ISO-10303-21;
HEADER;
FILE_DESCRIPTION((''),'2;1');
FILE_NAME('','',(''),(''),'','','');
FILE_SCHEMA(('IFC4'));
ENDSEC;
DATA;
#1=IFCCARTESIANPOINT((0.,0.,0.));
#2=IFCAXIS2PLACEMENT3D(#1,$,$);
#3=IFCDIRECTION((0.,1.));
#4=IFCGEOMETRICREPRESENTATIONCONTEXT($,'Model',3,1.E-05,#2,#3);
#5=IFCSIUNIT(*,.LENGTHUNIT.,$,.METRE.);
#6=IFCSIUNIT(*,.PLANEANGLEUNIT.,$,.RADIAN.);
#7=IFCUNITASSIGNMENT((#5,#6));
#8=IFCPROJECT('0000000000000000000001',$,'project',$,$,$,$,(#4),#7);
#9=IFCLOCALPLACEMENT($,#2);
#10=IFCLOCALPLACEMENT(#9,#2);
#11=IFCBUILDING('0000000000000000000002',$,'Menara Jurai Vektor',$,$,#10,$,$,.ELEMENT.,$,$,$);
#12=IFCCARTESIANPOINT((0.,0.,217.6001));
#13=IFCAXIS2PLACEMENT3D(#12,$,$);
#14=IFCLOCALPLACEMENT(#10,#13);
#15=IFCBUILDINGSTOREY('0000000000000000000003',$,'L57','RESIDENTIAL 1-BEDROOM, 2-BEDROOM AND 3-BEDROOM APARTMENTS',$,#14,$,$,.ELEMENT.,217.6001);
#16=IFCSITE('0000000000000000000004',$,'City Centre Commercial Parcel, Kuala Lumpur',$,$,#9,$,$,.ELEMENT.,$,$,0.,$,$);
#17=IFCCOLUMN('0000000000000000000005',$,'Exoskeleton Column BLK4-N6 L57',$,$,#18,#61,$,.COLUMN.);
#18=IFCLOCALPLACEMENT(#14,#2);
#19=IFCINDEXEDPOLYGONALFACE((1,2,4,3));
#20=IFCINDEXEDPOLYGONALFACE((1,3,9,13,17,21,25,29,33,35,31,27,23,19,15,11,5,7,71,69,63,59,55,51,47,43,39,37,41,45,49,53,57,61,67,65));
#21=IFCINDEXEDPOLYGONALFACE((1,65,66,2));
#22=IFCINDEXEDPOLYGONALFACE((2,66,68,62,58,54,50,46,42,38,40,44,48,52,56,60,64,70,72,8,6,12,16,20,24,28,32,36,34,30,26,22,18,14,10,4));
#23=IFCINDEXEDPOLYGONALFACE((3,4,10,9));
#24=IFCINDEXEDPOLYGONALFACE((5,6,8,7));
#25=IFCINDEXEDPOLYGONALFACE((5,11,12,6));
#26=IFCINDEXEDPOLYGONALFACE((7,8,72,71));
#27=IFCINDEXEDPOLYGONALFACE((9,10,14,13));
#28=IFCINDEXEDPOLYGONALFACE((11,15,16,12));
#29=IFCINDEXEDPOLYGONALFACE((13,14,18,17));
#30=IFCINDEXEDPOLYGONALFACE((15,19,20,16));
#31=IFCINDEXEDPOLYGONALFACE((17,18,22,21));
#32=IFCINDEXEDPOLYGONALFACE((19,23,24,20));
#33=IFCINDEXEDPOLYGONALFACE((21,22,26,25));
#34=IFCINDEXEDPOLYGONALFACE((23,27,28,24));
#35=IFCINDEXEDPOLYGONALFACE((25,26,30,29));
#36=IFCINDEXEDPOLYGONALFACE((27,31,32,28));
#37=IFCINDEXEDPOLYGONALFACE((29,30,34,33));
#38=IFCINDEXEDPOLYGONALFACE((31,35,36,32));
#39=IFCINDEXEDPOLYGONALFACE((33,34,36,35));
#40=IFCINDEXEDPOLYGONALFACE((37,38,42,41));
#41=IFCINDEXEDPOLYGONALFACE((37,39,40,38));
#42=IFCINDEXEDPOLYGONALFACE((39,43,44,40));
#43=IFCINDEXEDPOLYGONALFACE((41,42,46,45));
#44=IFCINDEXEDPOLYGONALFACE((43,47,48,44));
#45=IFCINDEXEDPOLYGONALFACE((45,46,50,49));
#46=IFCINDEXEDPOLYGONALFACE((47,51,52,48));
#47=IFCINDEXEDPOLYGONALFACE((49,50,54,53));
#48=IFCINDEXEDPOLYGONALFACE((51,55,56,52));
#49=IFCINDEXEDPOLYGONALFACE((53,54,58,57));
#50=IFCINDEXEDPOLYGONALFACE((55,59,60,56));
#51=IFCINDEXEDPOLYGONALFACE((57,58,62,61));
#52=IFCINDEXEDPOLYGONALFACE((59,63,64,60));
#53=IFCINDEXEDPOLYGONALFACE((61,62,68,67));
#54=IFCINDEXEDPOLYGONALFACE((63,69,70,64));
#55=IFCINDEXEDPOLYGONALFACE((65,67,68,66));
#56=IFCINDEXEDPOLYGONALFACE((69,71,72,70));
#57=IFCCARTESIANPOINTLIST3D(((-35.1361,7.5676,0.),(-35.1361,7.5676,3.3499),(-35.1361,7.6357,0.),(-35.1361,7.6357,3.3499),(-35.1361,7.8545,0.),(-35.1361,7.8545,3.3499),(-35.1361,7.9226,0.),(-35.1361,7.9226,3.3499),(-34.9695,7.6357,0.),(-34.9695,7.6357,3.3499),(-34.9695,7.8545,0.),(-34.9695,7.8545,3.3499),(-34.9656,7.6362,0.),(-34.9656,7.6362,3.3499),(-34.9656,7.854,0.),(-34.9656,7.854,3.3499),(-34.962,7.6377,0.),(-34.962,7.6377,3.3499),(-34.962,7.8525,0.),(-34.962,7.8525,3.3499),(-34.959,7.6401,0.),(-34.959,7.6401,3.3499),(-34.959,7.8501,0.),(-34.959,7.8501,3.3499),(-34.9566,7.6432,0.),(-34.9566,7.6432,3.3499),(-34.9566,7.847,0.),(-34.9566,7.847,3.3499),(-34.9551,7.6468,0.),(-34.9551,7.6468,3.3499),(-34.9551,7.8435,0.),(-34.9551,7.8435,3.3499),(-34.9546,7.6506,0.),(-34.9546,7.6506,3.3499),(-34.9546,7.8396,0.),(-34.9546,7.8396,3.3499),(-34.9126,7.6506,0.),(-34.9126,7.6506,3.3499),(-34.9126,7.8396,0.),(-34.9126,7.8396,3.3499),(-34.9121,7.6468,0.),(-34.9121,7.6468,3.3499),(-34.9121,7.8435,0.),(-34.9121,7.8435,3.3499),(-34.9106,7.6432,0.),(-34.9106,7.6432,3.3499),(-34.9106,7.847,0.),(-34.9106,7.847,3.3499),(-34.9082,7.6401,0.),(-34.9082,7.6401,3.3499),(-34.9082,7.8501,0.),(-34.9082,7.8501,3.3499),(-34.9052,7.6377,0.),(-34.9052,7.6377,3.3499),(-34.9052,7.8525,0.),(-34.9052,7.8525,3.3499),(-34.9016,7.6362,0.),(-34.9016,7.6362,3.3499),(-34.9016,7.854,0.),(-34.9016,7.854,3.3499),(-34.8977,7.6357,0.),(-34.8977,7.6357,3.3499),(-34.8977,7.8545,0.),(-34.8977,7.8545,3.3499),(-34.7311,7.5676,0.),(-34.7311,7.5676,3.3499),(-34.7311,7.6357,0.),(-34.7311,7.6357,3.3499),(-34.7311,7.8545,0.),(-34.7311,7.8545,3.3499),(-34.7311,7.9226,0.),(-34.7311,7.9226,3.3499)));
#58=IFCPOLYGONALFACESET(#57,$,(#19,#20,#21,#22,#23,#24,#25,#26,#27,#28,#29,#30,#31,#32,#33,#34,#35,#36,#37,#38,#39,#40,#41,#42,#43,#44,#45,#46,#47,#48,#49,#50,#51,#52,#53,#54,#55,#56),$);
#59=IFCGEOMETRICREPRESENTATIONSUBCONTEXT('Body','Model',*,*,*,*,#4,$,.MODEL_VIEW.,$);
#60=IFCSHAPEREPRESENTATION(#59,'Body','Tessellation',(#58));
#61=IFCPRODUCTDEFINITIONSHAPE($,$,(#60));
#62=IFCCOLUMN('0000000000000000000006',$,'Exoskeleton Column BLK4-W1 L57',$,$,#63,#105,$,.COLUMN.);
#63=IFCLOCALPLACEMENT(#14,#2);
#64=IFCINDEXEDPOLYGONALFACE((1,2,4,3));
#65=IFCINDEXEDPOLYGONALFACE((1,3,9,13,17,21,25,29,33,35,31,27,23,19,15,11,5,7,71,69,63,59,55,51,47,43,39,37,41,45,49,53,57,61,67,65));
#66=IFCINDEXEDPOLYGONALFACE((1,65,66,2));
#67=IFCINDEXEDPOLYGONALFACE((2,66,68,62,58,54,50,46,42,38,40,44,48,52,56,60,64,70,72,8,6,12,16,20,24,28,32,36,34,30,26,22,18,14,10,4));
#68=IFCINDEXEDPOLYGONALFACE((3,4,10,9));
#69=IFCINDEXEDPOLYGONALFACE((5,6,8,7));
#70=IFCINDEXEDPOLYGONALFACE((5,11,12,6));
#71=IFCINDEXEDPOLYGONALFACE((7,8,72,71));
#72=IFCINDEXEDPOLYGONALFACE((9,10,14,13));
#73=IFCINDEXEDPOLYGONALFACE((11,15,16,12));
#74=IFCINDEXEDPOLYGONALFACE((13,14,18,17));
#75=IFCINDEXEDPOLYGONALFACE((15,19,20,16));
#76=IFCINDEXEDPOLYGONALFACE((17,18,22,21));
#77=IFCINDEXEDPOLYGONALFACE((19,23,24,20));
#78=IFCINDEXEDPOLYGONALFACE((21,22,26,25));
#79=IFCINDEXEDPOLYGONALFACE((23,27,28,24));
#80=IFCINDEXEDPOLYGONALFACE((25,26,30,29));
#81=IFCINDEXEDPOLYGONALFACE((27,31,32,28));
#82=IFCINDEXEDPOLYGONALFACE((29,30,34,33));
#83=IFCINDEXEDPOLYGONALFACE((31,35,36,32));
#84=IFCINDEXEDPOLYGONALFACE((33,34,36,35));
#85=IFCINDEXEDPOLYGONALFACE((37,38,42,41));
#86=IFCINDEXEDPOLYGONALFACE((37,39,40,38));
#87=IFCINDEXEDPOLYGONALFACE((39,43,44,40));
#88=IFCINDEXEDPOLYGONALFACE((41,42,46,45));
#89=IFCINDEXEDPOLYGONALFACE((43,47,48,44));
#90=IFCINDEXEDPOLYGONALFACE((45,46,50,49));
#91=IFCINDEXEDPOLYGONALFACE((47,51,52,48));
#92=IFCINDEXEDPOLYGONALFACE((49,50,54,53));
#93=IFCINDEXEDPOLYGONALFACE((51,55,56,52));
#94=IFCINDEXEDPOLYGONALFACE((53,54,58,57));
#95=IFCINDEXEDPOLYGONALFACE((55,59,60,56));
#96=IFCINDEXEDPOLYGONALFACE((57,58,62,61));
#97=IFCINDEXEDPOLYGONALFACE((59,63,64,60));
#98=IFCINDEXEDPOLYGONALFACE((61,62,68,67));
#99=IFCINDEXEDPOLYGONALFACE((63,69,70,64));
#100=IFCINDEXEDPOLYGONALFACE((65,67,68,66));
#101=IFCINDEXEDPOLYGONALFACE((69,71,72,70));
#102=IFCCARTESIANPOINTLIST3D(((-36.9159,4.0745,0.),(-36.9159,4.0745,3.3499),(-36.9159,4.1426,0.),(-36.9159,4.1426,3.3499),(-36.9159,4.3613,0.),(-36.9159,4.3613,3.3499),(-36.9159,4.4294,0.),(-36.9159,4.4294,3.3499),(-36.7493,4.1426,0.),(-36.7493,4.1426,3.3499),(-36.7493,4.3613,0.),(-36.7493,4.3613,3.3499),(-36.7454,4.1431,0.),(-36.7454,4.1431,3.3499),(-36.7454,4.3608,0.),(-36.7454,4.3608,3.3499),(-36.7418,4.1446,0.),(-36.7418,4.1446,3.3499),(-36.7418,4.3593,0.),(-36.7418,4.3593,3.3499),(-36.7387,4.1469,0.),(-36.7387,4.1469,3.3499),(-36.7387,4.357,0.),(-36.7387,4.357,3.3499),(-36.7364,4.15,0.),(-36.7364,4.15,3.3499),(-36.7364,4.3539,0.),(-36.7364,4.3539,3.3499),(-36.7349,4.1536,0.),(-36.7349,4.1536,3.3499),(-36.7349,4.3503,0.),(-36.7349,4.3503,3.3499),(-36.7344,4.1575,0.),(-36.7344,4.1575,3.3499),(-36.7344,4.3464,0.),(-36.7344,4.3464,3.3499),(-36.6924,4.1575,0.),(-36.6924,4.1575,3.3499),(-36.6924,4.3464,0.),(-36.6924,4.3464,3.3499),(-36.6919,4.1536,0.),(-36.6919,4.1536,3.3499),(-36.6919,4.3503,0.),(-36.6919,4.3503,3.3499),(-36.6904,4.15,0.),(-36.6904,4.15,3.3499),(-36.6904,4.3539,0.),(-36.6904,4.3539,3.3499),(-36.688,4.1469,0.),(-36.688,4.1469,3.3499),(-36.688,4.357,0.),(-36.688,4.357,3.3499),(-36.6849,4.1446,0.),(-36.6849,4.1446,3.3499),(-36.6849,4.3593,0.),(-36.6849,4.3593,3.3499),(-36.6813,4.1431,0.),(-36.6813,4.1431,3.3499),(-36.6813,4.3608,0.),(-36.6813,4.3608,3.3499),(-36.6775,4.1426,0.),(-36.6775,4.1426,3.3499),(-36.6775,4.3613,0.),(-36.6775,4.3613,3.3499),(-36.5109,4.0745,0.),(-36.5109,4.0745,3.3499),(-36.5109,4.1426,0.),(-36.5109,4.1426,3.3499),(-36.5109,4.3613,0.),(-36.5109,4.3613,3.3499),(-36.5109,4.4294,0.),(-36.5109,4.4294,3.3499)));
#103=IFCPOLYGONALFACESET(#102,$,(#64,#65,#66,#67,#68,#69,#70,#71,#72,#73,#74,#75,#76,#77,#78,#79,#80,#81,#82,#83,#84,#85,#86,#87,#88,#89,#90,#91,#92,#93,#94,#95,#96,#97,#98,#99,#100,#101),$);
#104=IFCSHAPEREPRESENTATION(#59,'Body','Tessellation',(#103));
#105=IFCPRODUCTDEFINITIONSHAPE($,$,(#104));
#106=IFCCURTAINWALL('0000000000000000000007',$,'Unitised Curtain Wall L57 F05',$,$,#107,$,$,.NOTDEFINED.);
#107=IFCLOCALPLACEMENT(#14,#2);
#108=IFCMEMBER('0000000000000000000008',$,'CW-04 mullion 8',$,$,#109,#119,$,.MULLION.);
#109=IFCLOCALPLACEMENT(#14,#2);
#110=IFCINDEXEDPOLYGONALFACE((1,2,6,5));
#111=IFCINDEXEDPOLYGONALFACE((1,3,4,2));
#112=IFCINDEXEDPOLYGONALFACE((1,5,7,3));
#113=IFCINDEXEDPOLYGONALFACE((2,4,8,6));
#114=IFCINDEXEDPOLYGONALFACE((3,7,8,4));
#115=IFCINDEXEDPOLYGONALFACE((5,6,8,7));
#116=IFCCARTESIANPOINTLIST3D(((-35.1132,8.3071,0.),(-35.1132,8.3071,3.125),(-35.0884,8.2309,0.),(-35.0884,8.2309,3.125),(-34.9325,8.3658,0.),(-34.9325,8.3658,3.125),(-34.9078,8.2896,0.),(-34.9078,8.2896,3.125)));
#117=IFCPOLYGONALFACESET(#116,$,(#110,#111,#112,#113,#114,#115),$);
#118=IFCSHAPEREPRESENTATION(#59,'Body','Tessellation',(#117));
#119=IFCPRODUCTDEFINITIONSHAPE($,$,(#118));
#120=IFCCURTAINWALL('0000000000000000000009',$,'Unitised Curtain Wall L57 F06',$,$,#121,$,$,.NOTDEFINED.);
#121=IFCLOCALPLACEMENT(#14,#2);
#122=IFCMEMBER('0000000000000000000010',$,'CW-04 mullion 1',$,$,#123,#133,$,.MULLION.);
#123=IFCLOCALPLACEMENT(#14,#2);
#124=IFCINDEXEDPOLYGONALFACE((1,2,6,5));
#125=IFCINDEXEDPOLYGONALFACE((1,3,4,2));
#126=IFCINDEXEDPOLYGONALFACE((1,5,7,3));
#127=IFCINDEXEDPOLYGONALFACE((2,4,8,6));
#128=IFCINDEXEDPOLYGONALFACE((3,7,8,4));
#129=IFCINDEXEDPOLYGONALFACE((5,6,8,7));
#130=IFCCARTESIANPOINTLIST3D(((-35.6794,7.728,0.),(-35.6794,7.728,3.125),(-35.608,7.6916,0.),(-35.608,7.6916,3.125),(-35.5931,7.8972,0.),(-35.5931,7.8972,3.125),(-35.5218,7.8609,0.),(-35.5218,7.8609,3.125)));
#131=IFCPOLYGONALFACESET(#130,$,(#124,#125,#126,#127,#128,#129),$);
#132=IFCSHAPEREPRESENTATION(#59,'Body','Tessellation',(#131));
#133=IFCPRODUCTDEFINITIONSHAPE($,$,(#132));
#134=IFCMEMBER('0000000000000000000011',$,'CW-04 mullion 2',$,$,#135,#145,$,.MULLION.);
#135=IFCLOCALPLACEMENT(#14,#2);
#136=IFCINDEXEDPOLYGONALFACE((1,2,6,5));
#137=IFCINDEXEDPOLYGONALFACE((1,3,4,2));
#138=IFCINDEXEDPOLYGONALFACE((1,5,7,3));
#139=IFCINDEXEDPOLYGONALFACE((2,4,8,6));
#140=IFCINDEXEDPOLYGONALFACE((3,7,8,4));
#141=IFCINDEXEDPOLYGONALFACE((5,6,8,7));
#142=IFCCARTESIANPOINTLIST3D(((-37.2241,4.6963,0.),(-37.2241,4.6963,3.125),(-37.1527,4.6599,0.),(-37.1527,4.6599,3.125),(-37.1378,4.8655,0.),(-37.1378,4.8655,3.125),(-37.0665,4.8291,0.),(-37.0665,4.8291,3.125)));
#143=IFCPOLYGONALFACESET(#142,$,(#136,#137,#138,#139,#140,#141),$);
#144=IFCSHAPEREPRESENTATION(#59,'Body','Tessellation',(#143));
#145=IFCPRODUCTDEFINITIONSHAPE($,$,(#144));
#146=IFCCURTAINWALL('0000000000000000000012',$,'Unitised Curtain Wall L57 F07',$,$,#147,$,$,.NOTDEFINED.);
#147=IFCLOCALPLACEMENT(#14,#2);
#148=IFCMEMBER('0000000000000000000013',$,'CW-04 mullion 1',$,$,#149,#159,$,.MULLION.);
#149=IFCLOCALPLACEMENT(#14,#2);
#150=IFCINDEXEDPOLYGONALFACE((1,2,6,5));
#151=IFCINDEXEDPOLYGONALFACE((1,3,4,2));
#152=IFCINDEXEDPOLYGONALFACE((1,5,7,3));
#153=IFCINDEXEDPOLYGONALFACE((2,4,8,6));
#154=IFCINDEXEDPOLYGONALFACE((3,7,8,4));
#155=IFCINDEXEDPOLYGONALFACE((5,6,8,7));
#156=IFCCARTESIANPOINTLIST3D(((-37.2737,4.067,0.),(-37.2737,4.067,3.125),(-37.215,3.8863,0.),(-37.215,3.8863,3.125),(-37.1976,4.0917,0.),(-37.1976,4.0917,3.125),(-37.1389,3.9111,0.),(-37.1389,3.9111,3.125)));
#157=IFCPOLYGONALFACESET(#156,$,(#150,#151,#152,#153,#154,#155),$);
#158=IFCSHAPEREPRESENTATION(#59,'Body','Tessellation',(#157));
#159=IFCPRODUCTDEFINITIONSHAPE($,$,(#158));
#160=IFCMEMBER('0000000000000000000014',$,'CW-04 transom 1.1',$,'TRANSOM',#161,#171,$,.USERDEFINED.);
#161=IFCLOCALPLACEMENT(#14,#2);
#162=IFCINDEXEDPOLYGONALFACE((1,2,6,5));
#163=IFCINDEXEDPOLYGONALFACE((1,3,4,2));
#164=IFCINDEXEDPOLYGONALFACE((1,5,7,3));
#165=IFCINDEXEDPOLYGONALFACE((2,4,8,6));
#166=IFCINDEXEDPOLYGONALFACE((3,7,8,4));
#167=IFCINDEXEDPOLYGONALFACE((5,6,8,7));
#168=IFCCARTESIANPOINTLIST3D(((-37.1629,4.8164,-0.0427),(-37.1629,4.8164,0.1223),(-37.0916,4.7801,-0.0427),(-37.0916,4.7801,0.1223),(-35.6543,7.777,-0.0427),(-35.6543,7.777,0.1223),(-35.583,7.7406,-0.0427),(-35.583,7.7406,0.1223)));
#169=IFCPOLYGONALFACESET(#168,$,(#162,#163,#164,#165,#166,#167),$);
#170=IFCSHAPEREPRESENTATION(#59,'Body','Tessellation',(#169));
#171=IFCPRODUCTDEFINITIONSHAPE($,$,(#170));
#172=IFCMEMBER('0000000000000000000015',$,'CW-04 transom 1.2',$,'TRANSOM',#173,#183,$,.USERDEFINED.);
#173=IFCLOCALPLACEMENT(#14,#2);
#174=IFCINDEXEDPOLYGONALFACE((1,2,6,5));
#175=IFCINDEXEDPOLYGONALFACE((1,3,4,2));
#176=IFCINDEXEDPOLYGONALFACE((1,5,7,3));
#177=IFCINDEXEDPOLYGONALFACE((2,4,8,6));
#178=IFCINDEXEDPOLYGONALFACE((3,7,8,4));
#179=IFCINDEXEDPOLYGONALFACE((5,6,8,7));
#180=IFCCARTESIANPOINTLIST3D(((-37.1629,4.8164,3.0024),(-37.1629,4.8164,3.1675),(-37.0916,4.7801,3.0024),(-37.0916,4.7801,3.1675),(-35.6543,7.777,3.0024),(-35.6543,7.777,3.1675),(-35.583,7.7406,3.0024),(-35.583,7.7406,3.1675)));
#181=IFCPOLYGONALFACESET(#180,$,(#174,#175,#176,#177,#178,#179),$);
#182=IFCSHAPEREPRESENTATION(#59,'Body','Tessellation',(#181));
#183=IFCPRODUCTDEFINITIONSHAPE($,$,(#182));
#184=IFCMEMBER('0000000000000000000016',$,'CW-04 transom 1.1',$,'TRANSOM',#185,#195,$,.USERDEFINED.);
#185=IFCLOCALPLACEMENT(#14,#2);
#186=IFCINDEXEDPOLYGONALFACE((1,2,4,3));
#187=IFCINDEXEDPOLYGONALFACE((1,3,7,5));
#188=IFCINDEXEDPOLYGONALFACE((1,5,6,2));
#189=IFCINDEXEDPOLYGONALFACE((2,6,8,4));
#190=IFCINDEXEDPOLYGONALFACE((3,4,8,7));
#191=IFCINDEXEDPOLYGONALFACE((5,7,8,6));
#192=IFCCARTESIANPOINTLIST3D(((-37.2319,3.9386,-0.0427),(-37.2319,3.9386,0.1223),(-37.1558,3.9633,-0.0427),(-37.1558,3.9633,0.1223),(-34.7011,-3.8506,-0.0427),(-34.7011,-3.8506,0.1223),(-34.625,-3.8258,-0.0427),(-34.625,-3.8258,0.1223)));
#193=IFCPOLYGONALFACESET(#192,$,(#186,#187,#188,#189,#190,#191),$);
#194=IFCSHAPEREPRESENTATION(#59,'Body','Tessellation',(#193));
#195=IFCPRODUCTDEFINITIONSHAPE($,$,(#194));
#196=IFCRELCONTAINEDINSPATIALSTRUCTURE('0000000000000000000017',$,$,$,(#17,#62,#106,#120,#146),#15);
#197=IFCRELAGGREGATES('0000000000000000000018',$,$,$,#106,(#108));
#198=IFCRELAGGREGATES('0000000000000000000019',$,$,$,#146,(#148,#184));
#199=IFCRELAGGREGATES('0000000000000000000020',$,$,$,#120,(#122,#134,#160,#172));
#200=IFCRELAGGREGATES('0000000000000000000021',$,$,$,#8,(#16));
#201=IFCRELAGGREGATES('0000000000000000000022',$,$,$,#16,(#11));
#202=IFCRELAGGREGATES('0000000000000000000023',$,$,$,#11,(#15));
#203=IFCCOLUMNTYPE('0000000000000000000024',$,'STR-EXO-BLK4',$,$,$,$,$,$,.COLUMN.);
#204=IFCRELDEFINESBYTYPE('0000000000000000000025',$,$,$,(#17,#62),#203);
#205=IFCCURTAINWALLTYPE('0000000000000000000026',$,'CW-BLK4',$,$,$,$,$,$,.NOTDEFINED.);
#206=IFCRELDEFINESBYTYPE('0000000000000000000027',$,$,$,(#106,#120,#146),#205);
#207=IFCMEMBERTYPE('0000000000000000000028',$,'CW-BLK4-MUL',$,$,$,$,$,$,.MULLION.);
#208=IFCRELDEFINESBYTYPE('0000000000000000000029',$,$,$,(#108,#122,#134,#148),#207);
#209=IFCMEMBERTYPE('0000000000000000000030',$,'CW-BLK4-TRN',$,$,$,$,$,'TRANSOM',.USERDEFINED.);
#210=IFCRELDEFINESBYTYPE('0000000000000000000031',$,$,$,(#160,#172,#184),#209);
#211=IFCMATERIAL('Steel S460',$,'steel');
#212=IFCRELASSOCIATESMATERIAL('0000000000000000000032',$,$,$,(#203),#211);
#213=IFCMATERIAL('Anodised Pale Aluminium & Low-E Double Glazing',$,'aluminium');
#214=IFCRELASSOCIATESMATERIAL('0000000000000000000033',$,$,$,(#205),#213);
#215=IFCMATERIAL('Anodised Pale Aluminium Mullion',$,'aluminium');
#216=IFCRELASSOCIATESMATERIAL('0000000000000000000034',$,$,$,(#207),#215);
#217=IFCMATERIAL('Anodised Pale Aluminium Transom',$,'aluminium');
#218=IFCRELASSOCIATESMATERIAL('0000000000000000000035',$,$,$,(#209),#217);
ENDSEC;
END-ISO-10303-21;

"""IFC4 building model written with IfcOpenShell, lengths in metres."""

from ifc_helpers import new_model, si_unit, direction, frame, origin, origin_2d, place, context, subcontext, project, spatial, rectangle, i_section, extrude, material, material_profile, profile_set, type_object, element, aggregate, save


model = new_model("IFC4")

# Units and contexts
model_context = context("Model", 3, precision=1e-05, world=origin(), true_north=direction((0.0, 1.0)))
body_context = subcontext(model_context, "Body", "Model", "MODEL_VIEW")
ifc_project = project(units=[si_unit("LENGTHUNIT", "METRE"), si_unit("PLANEANGLEUNIT", "RADIAN")], contexts=[model_context])

# Site, building, storey
site_placement = place(None, origin())
site = spatial("IfcSite", under=ifc_project, at=site_placement, Name="City Centre Commercial Parcel, Kuala Lumpur", CompositionType="ELEMENT", RefElevation=0.0)
building_placement = place(site_placement, origin())
building = spatial("IfcBuilding", under=site, at=building_placement, Name="Menara Jurai Vektor", CompositionType="ELEMENT")
storey_placement = place(building_placement, frame((0.0, 0.0, 217.6001)))
storey = spatial("IfcBuildingStorey", under=building, at=storey_placement, Name="L57", Description="RESIDENTIAL 1-BEDROOM, 2-BEDROOM AND 3-BEDROOM APARTMENTS", CompositionType="ELEMENT", Elevation=217.6001)

# Columns
ifc_material_1 = material(Name="Steel S460", Category="steel")
ifc_material_profile_1 = material_profile(ifc_material_1, i_section(OverallWidth=0.405, OverallDepth=0.355, WebThickness=0.042, FlangeThickness=0.0681, FilletRadius=0.0149, at=origin_2d()), Name="HD 400x551")
ifc_profile_set_1 = profile_set([ifc_material_profile_1], Name="Steel S460")
column_type = type_object("IfcColumnType", Name="STR-EXO-BLK4", PredefinedType="COLUMN", material=ifc_profile_set_1)
for number, where, z_axis, x_axis, name in (
    (1, (-34.9336, 7.7451, 0.0), (0.0, 0.0, 1.0), (1.0, 0.0, 0.0), "Exoskeleton Column BLK4-N6 L57"),
    (2, (-36.7134, 4.252, 0.0), (0.0, 0.0, 1.0), (1.0, 0.0, 0.0), "Exoskeleton Column BLK4-W1 L57"),
):
    element("IfcColumn", number, at=place(storey_placement, frame(where, z_axis=z_axis, x_axis=x_axis)), inside=storey, type_object=column_type, Name=name, PredefinedType="COLUMN", context=body_context, shape_type="SweptSolid", body=[
        extrude(i_section(OverallWidth=0.405, OverallDepth=0.355, WebThickness=0.042, FlangeThickness=0.0681, FilletRadius=0.0149, at=origin_2d()), origin(), (0.0, 0.0, 1.0), 3.3499),
    ])

# Curtain wall, member
ifc_material_2 = material(Name="Anodised Pale Aluminium & Low-E Double Glazing", Category="aluminium")
curtain_wall_type = type_object("IfcCurtainWallType", Name="CW-BLK4", PredefinedType="NOTDEFINED", material=ifc_material_2)
curtain_wall_1_placement = place(storey_placement, origin())
curtain_wall_1 = element("IfcCurtainWall", 3, at=curtain_wall_1_placement, inside=storey, type_object=curtain_wall_type, Name="Unitised Curtain Wall L57 F05", PredefinedType="NOTDEFINED")
ifc_material_3 = material(Name="Anodised Pale Aluminium Mullion", Category="aluminium")
ifc_material_profile_2 = material_profile(ifc_material_3, rectangle(XDim=0.0801, YDim=0.1899, at=origin_2d()), Name="ALU MUL 80x190")
ifc_profile_set_2 = profile_set([ifc_material_profile_2], Name="Anodised Pale Aluminium Mullion")
member_type_1 = type_object("IfcMemberType", Name="CW-BLK4-MUL", PredefinedType="MULLION", material=ifc_profile_set_2)
member_1_placement = place(storey_placement, frame((-35.0105, 8.2983, 0.0), z_axis=(0.0, 0.0, 1.0), x_axis=(0.309017, -0.951056, 0.0)))
member_1 = element("IfcMember", 4, at=member_1_placement, type_object=member_type_1, Name="CW-04 mullion 8", PredefinedType="MULLION", context=body_context, shape_type="SweptSolid", body=[
    extrude(rectangle(XDim=0.0801, YDim=0.1899, at=origin_2d()), origin(), (0.0, 0.0, 1.0), 3.125),
])

# Curtain wall, members
curtain_wall_2_placement = place(storey_placement, origin())
curtain_wall_2 = element("IfcCurtainWall", 5, at=curtain_wall_2_placement, inside=storey, type_object=curtain_wall_type, Name="Unitised Curtain Wall L57 F06", PredefinedType="NOTDEFINED")
member_2_placement = place(storey_placement, frame((-35.6006, 7.7944, 0.0), z_axis=(0.0, 0.0, 1.0), x_axis=(0.891008, -0.453989, 0.0)))
member_2 = element("IfcMember", 6, at=member_2_placement, type_object=member_type_1, Name="CW-04 mullion 1", PredefinedType="MULLION", context=body_context, shape_type="SweptSolid", body=[
    extrude(rectangle(XDim=0.0801, YDim=0.1899, at=origin_2d()), origin(), (0.0, 0.0, 1.0), 3.125),
])
member_3_placement = place(storey_placement, frame((-37.1453, 4.7627, 0.0), z_axis=(0.0, 0.0, 1.0), x_axis=(0.891008, -0.453989, 0.0)))
member_3 = element("IfcMember", 7, at=member_3_placement, type_object=member_type_1, Name="CW-04 mullion 2", PredefinedType="MULLION", context=body_context, shape_type="SweptSolid", body=[
    extrude(rectangle(XDim=0.0801, YDim=0.1899, at=origin_2d()), origin(), (0.0, 0.0, 1.0), 3.125),
])

# Curtain wall, member
curtain_wall_3_placement = place(storey_placement, origin())
curtain_wall_3 = element("IfcCurtainWall", 8, at=curtain_wall_3_placement, inside=storey, type_object=curtain_wall_type, Name="Unitised Curtain Wall L57 F07", PredefinedType="NOTDEFINED")
member_4_placement = place(storey_placement, frame((-37.2063, 3.989, 0.0), z_axis=(0.0, 0.0, 1.0), x_axis=(0.951057, 0.309016, 0.0)))
member_4 = element("IfcMember", 9, at=member_4_placement, type_object=member_type_1, Name="CW-04 mullion 1", PredefinedType="MULLION", context=body_context, shape_type="SweptSolid", body=[
    extrude(rectangle(XDim=0.0801, YDim=0.1899, at=origin_2d()), origin(), (0.0, 0.0, 1.0), 3.125),
])

# Members
ifc_material_4 = material(Name="Anodised Pale Aluminium Transom", Category="aluminium")
ifc_material_profile_3 = material_profile(ifc_material_4, rectangle(XDim=0.0801, YDim=0.165, at=origin_2d()), Name="ALU TRN 80x165")
ifc_profile_set_3 = profile_set([ifc_material_profile_3], Name="Anodised Pale Aluminium Transom")
member_type_2 = type_object("IfcMemberType", Name="CW-BLK4-TRN", ElementType="TRANSOM", PredefinedType="USERDEFINED", material=ifc_profile_set_3)
member_5_placement = place(storey_placement, frame((-35.6187, 7.7588, 0.0398), z_axis=(-0.454019, -0.890992, 0.0), x_axis=(0.890992, -0.454019, 0.0)))
member_5 = element("IfcMember", 10, at=member_5_placement, type_object=member_type_2, Name="CW-04 transom 1.1", ObjectType="TRANSOM", PredefinedType="USERDEFINED", context=body_context, shape_type="SweptSolid", body=[
    extrude(rectangle(XDim=0.0801, YDim=0.165, at=origin_2d()), origin(), (0.0, 0.0, 1.0), 3.3228),
])
member_6_placement = place(storey_placement, frame((-35.6187, 7.7588, 3.085), z_axis=(-0.454019, -0.890992, 0.0), x_axis=(0.890992, -0.454019, 0.0)))
member_6 = element("IfcMember", 11, at=member_6_placement, type_object=member_type_2, Name="CW-04 transom 1.2", ObjectType="TRANSOM", PredefinedType="USERDEFINED", context=body_context, shape_type="SweptSolid", body=[
    extrude(rectangle(XDim=0.0801, YDim=0.165, at=origin_2d()), origin(), (0.0, 0.0, 1.0), 3.3228),
])
member_7_placement = place(storey_placement, frame((-37.1938, 3.9509, 0.0398), z_axis=(0.309011, -0.951059, 0.0), x_axis=(0.951059, 0.309011, 0.0)))
member_7 = element("IfcMember", 12, at=member_7_placement, type_object=member_type_2, Name="CW-04 transom 1.1", ObjectType="TRANSOM", PredefinedType="USERDEFINED", context=body_context, shape_type="SweptSolid", body=[
    extrude(rectangle(XDim=0.0801, YDim=0.165, at=origin_2d()), origin(), (0.0, 0.0, 1.0), 8.1899),
])

aggregate(curtain_wall_1, [member_1])
aggregate(curtain_wall_3, [member_4, member_7])
aggregate(curtain_wall_2, [member_2, member_3, member_5, member_6])

save(model, "model.ifc")
